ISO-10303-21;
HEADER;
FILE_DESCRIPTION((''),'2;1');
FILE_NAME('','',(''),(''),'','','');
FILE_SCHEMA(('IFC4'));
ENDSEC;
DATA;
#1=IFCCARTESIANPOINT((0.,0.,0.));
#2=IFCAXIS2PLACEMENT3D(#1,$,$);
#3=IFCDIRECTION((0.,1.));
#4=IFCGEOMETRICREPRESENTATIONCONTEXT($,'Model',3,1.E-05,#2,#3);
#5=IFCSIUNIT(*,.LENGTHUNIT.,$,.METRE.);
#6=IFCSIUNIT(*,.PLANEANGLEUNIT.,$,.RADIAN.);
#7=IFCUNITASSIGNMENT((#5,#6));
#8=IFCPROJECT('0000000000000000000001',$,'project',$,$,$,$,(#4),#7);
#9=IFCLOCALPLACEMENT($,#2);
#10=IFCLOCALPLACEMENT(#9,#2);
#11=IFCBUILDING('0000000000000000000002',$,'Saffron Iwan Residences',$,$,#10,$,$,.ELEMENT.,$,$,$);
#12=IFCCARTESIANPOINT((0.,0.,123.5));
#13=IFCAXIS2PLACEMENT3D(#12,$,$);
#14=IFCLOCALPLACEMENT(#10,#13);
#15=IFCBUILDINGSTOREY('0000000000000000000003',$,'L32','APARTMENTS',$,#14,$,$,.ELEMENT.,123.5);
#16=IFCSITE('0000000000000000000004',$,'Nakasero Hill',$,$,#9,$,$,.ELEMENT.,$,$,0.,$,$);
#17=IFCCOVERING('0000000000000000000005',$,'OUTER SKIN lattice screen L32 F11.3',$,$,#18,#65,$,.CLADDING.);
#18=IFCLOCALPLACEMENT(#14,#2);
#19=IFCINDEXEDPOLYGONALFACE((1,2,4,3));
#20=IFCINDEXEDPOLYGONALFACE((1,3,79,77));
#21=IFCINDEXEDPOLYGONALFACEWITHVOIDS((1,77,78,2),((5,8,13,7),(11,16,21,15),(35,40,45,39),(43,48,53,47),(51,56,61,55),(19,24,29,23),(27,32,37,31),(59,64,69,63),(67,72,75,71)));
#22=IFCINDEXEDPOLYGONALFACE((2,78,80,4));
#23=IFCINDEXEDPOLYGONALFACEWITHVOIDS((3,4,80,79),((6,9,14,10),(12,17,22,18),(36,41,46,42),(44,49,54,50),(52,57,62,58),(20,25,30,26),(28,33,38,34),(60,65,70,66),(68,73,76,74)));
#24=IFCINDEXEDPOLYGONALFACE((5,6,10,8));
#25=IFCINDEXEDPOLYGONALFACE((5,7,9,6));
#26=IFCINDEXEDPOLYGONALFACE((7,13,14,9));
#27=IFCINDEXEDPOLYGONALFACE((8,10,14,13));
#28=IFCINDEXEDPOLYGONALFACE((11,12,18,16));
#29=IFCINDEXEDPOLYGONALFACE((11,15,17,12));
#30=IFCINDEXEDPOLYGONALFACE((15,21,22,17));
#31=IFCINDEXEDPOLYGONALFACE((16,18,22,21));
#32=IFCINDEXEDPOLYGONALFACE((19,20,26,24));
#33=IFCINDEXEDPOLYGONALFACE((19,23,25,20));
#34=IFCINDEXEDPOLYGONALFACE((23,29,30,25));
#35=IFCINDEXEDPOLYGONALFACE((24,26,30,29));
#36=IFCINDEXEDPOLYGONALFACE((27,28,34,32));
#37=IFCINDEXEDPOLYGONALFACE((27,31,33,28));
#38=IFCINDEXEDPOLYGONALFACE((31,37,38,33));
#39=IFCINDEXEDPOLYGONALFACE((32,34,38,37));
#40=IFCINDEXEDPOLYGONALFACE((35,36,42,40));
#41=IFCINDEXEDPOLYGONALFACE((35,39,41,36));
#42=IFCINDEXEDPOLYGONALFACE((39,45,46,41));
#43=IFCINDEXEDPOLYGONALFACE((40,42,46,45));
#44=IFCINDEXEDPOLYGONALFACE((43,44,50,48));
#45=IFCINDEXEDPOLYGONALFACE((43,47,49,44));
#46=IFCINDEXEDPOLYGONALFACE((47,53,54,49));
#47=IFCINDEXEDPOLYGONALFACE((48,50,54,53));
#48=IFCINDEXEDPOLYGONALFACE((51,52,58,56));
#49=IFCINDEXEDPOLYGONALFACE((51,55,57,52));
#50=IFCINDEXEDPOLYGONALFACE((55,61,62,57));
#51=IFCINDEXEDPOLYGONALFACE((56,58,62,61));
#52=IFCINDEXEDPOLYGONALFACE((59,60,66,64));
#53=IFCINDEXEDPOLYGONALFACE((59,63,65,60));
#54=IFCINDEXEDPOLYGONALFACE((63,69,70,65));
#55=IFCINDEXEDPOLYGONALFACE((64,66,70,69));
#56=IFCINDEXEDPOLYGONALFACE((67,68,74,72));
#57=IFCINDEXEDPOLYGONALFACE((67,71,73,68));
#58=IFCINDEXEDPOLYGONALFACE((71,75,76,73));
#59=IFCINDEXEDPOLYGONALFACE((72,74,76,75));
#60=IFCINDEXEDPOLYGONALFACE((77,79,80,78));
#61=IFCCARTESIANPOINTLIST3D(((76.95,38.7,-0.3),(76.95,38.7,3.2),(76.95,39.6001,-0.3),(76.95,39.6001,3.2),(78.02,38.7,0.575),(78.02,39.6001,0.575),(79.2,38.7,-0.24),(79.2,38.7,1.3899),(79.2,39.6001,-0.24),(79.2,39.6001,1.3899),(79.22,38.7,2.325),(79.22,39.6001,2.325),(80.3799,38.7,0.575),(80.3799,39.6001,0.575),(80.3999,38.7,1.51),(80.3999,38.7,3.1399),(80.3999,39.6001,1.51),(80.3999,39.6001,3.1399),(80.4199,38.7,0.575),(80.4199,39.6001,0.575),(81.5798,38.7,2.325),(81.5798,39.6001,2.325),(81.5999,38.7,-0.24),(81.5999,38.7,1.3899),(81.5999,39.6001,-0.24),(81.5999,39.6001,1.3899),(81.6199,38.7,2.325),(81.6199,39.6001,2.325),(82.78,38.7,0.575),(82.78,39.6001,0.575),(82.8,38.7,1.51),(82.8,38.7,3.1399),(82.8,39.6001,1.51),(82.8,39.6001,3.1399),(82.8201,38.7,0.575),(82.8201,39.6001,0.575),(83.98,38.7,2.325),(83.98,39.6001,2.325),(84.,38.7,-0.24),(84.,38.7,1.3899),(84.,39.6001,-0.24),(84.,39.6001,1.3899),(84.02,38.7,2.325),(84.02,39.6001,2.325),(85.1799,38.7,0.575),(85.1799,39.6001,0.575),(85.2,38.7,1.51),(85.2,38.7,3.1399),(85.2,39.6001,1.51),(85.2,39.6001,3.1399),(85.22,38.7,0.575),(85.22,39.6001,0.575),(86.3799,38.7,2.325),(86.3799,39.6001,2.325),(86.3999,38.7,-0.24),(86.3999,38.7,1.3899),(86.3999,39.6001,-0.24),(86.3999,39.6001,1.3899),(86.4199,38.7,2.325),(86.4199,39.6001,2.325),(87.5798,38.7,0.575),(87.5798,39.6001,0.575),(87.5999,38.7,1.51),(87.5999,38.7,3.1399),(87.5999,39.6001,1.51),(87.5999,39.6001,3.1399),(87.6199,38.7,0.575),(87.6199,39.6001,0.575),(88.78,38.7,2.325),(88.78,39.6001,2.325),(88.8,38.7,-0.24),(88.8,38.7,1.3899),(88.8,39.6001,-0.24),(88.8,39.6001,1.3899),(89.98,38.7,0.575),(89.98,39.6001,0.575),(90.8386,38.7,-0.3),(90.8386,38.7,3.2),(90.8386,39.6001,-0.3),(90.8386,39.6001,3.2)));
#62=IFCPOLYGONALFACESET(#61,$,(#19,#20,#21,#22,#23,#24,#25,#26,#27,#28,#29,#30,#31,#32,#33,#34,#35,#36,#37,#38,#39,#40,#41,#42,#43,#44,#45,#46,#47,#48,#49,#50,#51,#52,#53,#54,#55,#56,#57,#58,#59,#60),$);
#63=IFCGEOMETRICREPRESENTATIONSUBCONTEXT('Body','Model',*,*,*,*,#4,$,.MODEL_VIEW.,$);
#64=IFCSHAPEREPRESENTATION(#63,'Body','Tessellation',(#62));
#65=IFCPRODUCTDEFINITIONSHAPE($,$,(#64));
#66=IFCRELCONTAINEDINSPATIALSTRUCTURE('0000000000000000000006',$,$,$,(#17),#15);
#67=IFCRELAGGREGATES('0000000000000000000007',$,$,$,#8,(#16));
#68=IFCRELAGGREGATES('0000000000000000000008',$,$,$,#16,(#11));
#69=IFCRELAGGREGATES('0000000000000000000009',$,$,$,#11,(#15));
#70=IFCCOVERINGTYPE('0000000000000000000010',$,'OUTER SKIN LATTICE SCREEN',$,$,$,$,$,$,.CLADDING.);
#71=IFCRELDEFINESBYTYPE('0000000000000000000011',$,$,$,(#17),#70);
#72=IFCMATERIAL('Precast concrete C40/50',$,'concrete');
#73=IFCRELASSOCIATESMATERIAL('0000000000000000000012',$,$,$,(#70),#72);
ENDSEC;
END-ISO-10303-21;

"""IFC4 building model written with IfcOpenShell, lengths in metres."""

from ifc_helpers import new_model, si_unit, direction, frame, origin, place, context, subcontext, project, spatial, polyline, outline, extrude, material, type_object, element, save


model = new_model("IFC4")

# Units and contexts
model_context = context("Model", 3, precision=1e-05, world=origin(), true_north=direction((0.0, 1.0)))
body_context = subcontext(model_context, "Body", "Model", "MODEL_VIEW")
ifc_project = project(units=[si_unit("LENGTHUNIT", "METRE"), si_unit("PLANEANGLEUNIT", "RADIAN")], contexts=[model_context])

# Site, building, storey
site_placement = place(None, origin())
site = spatial("IfcSite", under=ifc_project, at=site_placement, Name="Nakasero Hill", CompositionType="ELEMENT", RefElevation=0.0)
building_placement = place(site_placement, origin())
building = spatial("IfcBuilding", under=site, at=building_placement, Name="Saffron Iwan Residences", CompositionType="ELEMENT")
storey_placement = place(building_placement, frame((0.0, 0.0, 123.5)))
storey = spatial("IfcBuildingStorey", under=building, at=storey_placement, Name="L32", Description="APARTMENTS", CompositionType="ELEMENT", Elevation=123.5)

# Covering
ifc_material_1 = material(Name="Precast concrete C40/50", Category="concrete")
covering_type = type_object("IfcCoveringType", Name="OUTER SKIN LATTICE SCREEN", PredefinedType="CLADDING", material=ifc_material_1)
covering_placement = place(storey_placement, frame((76.95, 39.6001, -0.3), z_axis=(0.0, -1.0, 0.0), x_axis=(1.0, 0.0, 0.0)))
element("IfcCovering", 1, at=covering_placement, inside=storey, type_object=covering_type, Name="OUTER SKIN lattice screen L32 F11.3", PredefinedType="CLADDING", context=body_context, shape_type="SweptSolid", body=[
    extrude(outline(polyline([(0.0, 0.0), (13.8887, 0.0), (13.8887, 3.5), (0.0, 3.5), (0.0, 0.0)]), holes=[polyline([(1.0701, 0.875), (2.25, 0.0601), (3.4299, 0.875), (2.25, 1.6899), (1.0701, 0.875)]), polyline([(3.47, 0.875), (4.6499, 0.0601), (5.8301, 0.875), (4.6499, 1.6899), (3.47, 0.875)]), polyline([(5.8701, 0.875), (7.05, 0.0601), (8.23, 0.875), (7.05, 1.6899), (5.8701, 0.875)]), polyline([(8.27, 0.875), (9.45, 0.0601), (10.6299, 0.875), (9.45, 1.6899), (8.27, 0.875)]), polyline([(10.6699, 0.875), (11.8501, 0.0601), (13.03, 0.875), (11.8501, 1.6899), (10.6699, 0.875)]), polyline([(2.27, 2.625), (3.45, 1.8101), (4.6299, 2.625), (3.45, 3.4399), (2.27, 2.625)]), polyline([(4.6699, 2.625), (5.8501, 1.8101), (7.03, 2.625), (5.8501, 3.4399), (4.6699, 2.625)]), polyline([(7.0701, 2.625), (8.25, 1.8101), (9.4299, 2.625), (8.25, 3.4399), (7.0701, 2.625)]), polyline([(9.47, 2.625), (10.6499, 1.8101), (11.8301, 2.625), (10.6499, 3.4399), (9.47, 2.625)])]), origin(), (0.0, 0.0, 1.0), 0.9001),
])

save(model, "model.ifc")
